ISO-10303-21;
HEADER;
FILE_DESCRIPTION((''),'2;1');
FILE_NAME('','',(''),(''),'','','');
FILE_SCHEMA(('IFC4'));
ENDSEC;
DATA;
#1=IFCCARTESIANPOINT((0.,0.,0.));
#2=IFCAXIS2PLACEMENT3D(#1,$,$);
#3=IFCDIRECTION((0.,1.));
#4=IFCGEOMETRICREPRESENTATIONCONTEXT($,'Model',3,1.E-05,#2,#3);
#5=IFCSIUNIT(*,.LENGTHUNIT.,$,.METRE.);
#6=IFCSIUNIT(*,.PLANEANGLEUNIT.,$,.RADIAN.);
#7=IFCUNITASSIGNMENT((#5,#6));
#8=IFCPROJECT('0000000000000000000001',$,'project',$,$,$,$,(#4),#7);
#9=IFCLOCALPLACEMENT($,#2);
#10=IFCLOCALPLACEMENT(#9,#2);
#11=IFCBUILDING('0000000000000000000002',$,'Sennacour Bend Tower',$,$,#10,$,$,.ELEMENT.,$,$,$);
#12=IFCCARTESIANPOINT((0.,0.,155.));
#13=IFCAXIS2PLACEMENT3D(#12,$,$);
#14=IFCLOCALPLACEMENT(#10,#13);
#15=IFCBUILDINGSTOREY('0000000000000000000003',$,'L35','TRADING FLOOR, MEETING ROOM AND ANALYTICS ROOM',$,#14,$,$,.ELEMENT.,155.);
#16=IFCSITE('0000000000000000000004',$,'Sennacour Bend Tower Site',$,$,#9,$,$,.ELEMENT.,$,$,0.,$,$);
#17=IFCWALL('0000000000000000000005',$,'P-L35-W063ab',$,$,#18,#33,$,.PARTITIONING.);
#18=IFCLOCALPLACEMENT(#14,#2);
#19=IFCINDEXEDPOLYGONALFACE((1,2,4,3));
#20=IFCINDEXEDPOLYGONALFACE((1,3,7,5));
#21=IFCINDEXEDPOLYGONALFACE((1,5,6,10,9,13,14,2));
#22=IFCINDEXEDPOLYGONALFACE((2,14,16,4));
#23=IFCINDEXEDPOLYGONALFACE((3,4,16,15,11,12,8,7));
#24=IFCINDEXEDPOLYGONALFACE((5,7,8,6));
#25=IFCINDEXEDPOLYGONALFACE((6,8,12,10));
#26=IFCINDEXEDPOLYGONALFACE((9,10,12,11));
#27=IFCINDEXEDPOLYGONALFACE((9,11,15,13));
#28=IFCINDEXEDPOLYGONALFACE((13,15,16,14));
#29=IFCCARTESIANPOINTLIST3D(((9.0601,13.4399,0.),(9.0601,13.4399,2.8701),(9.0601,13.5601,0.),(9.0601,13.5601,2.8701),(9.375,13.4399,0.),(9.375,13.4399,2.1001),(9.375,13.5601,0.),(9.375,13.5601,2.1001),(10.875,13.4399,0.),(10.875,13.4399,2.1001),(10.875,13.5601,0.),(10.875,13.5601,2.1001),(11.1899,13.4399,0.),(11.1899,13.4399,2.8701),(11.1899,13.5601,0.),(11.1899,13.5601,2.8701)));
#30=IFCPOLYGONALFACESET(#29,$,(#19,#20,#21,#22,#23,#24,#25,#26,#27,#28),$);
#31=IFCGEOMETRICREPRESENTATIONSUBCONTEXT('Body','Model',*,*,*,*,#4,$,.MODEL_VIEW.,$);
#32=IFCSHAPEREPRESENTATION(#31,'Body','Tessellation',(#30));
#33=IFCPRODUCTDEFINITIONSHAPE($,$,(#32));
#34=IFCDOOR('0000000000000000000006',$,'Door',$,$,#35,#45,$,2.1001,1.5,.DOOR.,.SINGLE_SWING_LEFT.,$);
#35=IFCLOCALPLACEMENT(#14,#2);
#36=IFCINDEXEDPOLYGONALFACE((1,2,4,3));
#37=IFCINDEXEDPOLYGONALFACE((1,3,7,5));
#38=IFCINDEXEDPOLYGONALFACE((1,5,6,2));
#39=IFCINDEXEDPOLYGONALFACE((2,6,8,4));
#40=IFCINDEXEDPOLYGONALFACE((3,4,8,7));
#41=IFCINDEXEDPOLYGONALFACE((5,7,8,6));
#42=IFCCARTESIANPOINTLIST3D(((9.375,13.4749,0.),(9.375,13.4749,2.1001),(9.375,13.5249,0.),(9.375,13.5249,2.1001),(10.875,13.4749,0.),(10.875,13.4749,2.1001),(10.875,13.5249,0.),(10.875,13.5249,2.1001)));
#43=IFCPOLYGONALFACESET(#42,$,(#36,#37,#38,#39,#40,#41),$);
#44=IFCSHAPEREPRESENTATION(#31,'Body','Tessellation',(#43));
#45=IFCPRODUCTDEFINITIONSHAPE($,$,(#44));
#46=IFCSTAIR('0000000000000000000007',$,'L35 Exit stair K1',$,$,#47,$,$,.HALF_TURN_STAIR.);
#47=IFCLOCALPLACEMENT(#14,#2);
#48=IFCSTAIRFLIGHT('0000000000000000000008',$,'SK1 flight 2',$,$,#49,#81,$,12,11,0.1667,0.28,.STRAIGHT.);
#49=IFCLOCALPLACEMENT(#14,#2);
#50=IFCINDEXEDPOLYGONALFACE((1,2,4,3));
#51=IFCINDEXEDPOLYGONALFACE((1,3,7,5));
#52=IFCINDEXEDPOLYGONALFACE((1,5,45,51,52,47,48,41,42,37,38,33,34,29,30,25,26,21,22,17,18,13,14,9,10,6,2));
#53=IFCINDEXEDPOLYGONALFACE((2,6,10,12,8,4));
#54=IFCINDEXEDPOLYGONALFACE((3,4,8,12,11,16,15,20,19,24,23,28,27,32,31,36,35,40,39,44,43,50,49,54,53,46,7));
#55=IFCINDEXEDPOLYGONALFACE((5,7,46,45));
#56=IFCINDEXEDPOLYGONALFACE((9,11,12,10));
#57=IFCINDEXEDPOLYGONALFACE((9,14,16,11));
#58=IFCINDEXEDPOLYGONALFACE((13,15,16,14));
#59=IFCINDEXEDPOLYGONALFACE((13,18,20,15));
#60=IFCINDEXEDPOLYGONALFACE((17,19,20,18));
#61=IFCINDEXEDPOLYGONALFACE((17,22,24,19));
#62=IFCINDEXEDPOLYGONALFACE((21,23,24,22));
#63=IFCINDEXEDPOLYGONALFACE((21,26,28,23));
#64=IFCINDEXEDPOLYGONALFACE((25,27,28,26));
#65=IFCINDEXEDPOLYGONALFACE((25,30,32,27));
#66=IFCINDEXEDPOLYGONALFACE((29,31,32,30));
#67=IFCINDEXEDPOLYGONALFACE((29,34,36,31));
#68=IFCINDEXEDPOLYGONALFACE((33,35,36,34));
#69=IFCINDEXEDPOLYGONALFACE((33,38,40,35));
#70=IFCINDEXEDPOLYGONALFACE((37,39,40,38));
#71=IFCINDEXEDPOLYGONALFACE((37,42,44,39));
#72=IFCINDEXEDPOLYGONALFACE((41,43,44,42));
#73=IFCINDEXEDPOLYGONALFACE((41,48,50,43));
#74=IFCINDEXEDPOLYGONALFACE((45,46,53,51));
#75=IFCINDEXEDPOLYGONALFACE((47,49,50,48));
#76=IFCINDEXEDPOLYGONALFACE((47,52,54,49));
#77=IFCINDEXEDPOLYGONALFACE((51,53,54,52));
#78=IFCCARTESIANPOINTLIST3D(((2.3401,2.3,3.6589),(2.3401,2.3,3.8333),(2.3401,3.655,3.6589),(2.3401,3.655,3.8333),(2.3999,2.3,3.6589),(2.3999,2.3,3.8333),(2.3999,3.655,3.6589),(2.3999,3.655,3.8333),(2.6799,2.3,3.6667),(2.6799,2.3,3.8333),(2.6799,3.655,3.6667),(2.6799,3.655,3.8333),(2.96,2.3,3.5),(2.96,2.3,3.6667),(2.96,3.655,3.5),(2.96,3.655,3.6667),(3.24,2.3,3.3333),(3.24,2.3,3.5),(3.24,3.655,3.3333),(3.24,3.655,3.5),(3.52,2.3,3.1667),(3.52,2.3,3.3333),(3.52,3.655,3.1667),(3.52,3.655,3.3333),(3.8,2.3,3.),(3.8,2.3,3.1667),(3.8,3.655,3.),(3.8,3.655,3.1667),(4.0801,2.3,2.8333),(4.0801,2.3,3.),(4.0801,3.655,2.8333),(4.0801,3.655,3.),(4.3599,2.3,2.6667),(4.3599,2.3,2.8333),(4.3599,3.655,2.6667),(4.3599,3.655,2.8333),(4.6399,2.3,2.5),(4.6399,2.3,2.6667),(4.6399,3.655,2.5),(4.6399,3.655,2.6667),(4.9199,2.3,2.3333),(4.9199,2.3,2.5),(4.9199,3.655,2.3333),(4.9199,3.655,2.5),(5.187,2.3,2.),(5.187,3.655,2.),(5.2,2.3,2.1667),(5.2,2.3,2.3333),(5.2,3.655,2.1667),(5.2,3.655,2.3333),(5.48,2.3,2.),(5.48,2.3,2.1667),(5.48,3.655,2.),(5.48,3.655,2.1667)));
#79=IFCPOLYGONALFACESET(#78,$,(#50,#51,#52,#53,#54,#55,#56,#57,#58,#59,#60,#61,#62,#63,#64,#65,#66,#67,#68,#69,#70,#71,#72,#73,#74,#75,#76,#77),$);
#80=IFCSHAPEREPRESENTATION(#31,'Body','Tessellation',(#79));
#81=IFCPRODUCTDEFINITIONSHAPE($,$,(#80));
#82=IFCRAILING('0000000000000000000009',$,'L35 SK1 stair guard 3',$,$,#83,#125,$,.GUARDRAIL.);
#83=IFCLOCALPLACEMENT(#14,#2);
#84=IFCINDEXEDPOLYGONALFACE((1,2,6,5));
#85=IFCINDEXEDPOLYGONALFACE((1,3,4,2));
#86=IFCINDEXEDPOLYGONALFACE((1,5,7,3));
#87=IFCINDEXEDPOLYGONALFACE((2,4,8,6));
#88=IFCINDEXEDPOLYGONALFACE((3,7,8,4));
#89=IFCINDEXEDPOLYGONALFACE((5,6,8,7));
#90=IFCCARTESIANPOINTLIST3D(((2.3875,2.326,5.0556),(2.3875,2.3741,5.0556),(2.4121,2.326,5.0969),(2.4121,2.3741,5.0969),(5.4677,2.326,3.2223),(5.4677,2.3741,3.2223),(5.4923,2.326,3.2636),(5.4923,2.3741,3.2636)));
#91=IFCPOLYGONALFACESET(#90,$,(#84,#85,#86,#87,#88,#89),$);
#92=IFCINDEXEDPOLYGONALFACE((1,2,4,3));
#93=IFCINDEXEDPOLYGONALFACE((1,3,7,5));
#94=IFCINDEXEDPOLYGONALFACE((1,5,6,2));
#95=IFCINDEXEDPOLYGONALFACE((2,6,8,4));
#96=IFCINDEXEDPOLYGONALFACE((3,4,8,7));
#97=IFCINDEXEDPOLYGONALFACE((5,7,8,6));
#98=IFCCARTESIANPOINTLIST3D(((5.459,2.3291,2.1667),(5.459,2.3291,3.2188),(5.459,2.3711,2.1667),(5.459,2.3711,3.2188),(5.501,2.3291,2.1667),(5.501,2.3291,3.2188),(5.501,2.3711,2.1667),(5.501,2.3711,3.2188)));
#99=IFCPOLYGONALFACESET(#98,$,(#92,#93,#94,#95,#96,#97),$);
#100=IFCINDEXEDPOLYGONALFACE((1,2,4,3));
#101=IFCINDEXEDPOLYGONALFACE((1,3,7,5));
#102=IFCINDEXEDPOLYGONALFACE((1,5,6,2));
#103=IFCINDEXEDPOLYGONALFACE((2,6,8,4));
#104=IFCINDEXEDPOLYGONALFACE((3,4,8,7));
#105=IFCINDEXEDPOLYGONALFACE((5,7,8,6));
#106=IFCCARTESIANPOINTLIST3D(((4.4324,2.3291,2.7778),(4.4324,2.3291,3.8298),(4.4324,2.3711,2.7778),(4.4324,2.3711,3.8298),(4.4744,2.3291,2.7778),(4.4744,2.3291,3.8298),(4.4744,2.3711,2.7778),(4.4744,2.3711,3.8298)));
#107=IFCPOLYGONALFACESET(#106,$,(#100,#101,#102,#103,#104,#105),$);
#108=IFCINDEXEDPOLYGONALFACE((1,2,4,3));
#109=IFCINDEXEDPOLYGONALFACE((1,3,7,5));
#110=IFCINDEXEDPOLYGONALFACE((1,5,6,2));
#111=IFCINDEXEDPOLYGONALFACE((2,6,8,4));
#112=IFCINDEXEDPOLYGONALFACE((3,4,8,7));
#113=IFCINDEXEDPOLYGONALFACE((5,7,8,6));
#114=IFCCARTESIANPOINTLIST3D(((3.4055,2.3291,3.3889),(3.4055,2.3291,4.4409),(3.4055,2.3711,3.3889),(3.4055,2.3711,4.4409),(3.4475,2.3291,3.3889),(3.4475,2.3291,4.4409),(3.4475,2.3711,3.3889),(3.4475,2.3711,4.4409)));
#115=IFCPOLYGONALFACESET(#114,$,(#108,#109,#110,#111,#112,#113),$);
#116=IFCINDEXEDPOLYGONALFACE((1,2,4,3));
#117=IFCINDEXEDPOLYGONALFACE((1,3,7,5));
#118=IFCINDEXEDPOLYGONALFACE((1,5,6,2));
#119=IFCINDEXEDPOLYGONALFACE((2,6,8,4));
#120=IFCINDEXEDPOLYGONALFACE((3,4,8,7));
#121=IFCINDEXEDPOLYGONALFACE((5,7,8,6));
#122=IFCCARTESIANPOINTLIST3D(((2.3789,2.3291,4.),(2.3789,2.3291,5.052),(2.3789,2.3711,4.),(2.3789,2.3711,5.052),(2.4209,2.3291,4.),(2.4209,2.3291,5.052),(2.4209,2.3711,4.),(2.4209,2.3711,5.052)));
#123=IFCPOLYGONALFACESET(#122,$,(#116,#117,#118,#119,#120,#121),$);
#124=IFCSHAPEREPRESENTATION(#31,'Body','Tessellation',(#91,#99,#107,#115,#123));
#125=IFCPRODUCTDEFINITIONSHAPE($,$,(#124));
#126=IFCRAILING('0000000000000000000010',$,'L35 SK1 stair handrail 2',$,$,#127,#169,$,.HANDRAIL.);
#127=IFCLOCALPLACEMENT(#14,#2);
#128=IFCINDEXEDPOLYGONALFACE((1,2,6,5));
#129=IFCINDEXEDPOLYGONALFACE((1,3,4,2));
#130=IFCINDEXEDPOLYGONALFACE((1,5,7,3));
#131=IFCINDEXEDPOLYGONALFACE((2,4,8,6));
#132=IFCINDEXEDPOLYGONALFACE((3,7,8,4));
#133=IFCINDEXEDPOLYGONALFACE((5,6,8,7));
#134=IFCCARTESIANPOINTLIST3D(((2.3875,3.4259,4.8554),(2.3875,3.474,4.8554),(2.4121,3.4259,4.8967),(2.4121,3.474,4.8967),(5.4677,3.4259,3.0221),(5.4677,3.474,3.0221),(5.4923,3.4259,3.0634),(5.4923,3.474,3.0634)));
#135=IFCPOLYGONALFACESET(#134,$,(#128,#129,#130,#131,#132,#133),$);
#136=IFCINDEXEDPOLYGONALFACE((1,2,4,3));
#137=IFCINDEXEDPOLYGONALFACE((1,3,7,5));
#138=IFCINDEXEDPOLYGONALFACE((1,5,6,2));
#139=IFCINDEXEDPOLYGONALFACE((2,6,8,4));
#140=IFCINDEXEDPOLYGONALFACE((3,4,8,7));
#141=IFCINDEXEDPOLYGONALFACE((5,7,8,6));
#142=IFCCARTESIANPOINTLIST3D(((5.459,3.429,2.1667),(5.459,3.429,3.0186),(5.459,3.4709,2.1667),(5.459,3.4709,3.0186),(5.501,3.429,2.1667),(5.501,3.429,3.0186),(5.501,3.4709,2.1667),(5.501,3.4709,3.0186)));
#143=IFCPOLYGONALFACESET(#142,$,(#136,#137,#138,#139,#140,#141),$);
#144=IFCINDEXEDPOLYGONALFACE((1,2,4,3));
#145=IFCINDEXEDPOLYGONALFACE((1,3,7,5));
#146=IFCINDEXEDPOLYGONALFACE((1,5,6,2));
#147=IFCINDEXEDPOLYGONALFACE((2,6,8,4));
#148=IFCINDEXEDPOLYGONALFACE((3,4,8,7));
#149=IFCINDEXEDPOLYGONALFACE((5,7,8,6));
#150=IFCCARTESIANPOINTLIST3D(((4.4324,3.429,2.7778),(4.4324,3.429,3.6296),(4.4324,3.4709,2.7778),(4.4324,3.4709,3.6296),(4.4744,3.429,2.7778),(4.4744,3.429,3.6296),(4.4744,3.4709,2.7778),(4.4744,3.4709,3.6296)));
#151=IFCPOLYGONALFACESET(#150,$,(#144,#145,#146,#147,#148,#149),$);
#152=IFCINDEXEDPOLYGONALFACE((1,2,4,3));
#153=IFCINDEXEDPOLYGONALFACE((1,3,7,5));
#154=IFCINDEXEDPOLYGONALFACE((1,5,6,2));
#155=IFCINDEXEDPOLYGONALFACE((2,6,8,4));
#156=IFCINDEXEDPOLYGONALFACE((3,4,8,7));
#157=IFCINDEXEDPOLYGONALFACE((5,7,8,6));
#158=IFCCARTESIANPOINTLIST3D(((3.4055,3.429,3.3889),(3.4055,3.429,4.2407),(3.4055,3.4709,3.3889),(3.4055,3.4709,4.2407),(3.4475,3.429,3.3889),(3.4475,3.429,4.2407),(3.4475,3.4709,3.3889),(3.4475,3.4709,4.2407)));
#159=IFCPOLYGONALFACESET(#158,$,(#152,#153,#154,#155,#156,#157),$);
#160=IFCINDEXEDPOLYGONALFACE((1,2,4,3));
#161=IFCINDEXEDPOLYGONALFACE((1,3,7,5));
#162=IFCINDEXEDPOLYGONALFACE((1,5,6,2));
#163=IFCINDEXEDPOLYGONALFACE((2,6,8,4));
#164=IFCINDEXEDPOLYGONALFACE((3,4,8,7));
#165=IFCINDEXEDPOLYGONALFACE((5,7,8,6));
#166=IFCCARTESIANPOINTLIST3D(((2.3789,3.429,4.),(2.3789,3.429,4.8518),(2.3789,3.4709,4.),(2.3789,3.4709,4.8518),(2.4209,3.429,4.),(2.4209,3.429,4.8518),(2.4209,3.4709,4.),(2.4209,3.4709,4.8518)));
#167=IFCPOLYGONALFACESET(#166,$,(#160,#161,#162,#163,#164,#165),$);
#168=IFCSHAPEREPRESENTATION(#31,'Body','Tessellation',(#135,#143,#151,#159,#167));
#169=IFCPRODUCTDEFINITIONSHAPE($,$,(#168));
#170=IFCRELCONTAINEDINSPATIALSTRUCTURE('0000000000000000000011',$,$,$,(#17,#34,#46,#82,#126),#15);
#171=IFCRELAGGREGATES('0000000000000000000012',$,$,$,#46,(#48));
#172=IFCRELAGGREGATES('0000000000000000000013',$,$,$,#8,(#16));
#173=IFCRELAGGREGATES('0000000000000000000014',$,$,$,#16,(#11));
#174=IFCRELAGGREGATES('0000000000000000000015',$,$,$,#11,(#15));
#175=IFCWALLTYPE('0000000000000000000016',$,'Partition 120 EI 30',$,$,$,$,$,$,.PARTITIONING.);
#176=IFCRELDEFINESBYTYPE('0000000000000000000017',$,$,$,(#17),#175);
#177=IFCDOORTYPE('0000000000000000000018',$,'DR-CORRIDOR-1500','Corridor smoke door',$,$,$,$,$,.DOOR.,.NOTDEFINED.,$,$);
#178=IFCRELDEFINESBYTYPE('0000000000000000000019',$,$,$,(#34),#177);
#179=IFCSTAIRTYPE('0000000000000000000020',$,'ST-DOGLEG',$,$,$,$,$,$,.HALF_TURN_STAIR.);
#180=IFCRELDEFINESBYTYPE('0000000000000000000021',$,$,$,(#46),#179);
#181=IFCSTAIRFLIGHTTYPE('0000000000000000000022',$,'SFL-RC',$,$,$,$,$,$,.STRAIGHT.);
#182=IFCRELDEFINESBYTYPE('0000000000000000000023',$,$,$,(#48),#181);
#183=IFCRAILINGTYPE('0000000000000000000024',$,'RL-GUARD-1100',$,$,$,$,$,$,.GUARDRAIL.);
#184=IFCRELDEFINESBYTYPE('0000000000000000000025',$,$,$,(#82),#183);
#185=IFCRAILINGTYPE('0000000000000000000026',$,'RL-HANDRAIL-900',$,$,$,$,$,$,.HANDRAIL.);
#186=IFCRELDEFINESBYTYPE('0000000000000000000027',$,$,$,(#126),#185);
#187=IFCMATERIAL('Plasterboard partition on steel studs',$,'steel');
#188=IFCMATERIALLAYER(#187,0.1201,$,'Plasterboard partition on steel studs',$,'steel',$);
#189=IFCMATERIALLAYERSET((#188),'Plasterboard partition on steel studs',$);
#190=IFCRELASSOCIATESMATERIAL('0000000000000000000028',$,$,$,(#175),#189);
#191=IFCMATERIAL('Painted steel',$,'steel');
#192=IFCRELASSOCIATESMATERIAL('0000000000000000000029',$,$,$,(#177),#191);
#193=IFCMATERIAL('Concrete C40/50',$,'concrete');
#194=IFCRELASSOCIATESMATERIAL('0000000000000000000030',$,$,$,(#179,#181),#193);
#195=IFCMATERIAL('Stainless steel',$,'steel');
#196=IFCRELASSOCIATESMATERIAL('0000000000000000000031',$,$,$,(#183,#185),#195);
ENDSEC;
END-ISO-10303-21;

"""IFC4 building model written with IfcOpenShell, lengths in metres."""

from ifc_helpers import new_model, si_unit, direction, frame, frame_2d, origin, origin_2d, place, context, subcontext, project, spatial, polyline, rectangle, outline, extrude, material, layer, layer_set, type_object, element, fill, aggregate, save


model = new_model("IFC4")

# Units and contexts
model_context = context("Model", 3, precision=1e-05, world=origin(), true_north=direction((0.0, 1.0)))
body_context = subcontext(model_context, "Body", "Model", "MODEL_VIEW")
ifc_project = project(units=[si_unit("LENGTHUNIT", "METRE"), si_unit("PLANEANGLEUNIT", "RADIAN")], contexts=[model_context])

# Site, building, storey
site_placement = place(None, origin())
site = spatial("IfcSite", under=ifc_project, at=site_placement, Name="Sennacour Bend Tower Site", CompositionType="ELEMENT", RefElevation=0.0)
building_placement = place(site_placement, origin())
building = spatial("IfcBuilding", under=site, at=building_placement, Name="Sennacour Bend Tower", CompositionType="ELEMENT")
storey_placement = place(building_placement, frame((0.0, 0.0, 155.0)))
storey = spatial("IfcBuildingStorey", under=building, at=storey_placement, Name="L35", Description="TRADING FLOOR, MEETING ROOM AND ANALYTICS ROOM", CompositionType="ELEMENT", Elevation=155.0)

# Shared definitions
ifc_material_1 = material(Name="Plasterboard partition on steel studs", Category="steel")

# Wall, opening, door
ifc_layer_1 = layer(ifc_material_1, 0.1201, Name="Plasterboard partition on steel studs", Category="steel")
ifc_layer_set_1 = layer_set([ifc_layer_1], Name="Plasterboard partition on steel studs")
wall_type_1 = type_object("IfcWallType", Name="Partition 120 EI 30", PredefinedType="PARTITIONING", material=ifc_layer_set_1)
wall_1_placement = place(storey_placement, frame((9.0601, 13.5, 0.0), z_axis=(0.0, 0.0, 1.0), x_axis=(1.0, 0.0, 0.0)))
wall_1 = element("IfcWall", 1, at=wall_1_placement, inside=storey, type_object=wall_type_1, Name="P-L35-W063ab", PredefinedType="PARTITIONING", context=body_context, shape_type="SweptSolid", body=[
    extrude(rectangle(XDim=2.1299, YDim=0.1201, at=frame_2d((1.0649, 0.0))), origin(), (0.0, 0.0, 1.0), 2.8701),
])
opening_1_placement = place(wall_1_placement, frame((0.3149, 0.0, 0.0)))
opening_1 = element("IfcOpeningElement", 2, at=opening_1_placement, cuts=wall_1, PredefinedType="OPENING", context=body_context, shape_type="SweptSolid", body=[
    extrude(rectangle(XDim=1.5, YDim=2.1001, at=frame_2d((0.75, 1.05))), frame((0.0, 0.0701, 0.0), z_axis=(0.0, -1.0, 0.0), x_axis=(1.0, 0.0, 0.0)), (0.0, 0.0, 1.0), 0.1401),
])
ifc_material_2 = material(Name="Painted steel", Category="steel")
door_type_1 = type_object("IfcDoorType", Name="DR-CORRIDOR-1500", Description="Corridor smoke door", OperationType="NOTDEFINED", PredefinedType="DOOR", material=ifc_material_2)
door_1_placement = place(opening_1_placement, origin())
door_1 = element("IfcDoor", 3, at=door_1_placement, inside=storey, type_object=door_type_1, Name="Door", OperationType="SINGLE_SWING_LEFT", OverallHeight=2.1001, OverallWidth=1.5, PredefinedType="DOOR", context=body_context, shape_type="SweptSolid", body=[
    extrude(rectangle(XDim=1.5, YDim=2.1001, at=frame_2d((0.75, 1.05))), frame((0.0, 0.0249, 0.0), z_axis=(0.0, -1.0, 0.0), x_axis=(1.0, 0.0, 0.0)), (0.0, 0.0, 1.0), 0.05),
])
fill(opening_1, door_1)

# Stair, stair flight
ifc_material_3 = material(Name="Concrete C40/50", Category="concrete")
stair_type = type_object("IfcStairType", Name="ST-DOGLEG", PredefinedType="HALF_TURN_STAIR", material=ifc_material_3)
stair_placement = place(storey_placement, origin())
stair = element("IfcStair", 4, at=stair_placement, inside=storey, type_object=stair_type, Name="L35 Exit stair K1", PredefinedType="HALF_TURN_STAIR")
stair_flight_type = type_object("IfcStairFlightType", Name="SFL-RC", PredefinedType="STRAIGHT", material=ifc_material_3)
stair_flight_placement = place(storey_placement, frame((5.48, 2.9775, 2.0), z_axis=(0.0, 0.0, 1.0), x_axis=(-1.0, 0.0, 0.0)))
stair_flight = element("IfcStairFlight", 5, at=stair_flight_placement, type_object=stair_flight_type, Name="SK1 flight 2", NumberOfRisers=12, NumberOfTreads=11, PredefinedType="STRAIGHT", RiserHeight=0.1667, TreadLength=0.28, context=body_context, shape_type="SweptSolid", body=[
    extrude(outline(polyline([(0.0, 0.0), (0.0, 0.1667), (0.28, 0.1667), (0.28, 0.3333), (0.5601, 0.3333), (0.5601, 0.5), (0.8401, 0.5), (0.8401, 0.6667), (1.1201, 0.6667), (1.1201, 0.8333), (1.3999, 0.8333), (1.3999, 1.0), (1.6799, 1.0), (1.6799, 1.1667), (1.96, 1.1667), (1.96, 1.3333), (2.24, 1.3333), (2.24, 1.5), (2.52, 1.5), (2.52, 1.6667), (2.8, 1.6667), (2.8, 1.8333), (3.0801, 1.8333), (3.1399, 1.8333), (3.1399, 1.6589), (3.0801, 1.6589), (0.293, 0.0), (0.0, 0.0)])), frame((0.0, 0.6775, 0.0), z_axis=(0.0, -1.0, 0.0), x_axis=(1.0, 0.0, 0.0)), (0.0, 0.0, 1.0), 1.355),
])
aggregate(stair, [stair_flight])

# Railings
ifc_material_4 = material(Name="Stainless steel", Category="steel")
railing_type_1 = type_object("IfcRailingType", Name="RL-GUARD-1100", PredefinedType="GUARDRAIL", material=ifc_material_4)
railing_1_placement = place(storey_placement, frame((5.48, 2.3501, 2.1667)))
element("IfcRailing", 6, at=railing_1_placement, inside=storey, type_object=railing_type_1, Name="L35 SK1 stair guard 3", PredefinedType="GUARDRAIL", context=body_context, shape_type="SweptSolid", body=[
    extrude(rectangle(XDim=0.0481, YDim=0.0481, at=origin_2d()), frame((0.0, 0.0, 1.0762), z_axis=(-0.859309, 0.0, 0.511458), x_axis=(0.0, -1.0, 0.0)), (0.0, 0.0, 1.0), 3.5845),
    extrude(rectangle(XDim=0.042, YDim=0.042, at=origin_2d()), origin(), (0.0, 0.0, 1.0), 1.052),
    extrude(rectangle(XDim=0.042, YDim=0.042, at=origin_2d()), frame((-1.0266, 0.0, 0.6111)), (0.0, 0.0, 1.0), 1.052),
    extrude(rectangle(XDim=0.042, YDim=0.042, at=origin_2d()), frame((-2.0535, 0.0, 1.2222)), (0.0, 0.0, 1.0), 1.052),
    extrude(rectangle(XDim=0.042, YDim=0.042, at=origin_2d()), frame((-3.0801, 0.0, 1.8333)), (0.0, 0.0, 1.0), 1.052),
])
railing_type_2 = type_object("IfcRailingType", Name="RL-HANDRAIL-900", PredefinedType="HANDRAIL", material=ifc_material_4)
railing_2_placement = place(storey_placement, frame((5.48, 3.45, 2.1667)))
element("IfcRailing", 7, at=railing_2_placement, inside=storey, type_object=railing_type_2, Name="L35 SK1 stair handrail 2", PredefinedType="HANDRAIL", context=body_context, shape_type="SweptSolid", body=[
    extrude(rectangle(XDim=0.0481, YDim=0.0481, at=origin_2d()), frame((0.0, 0.0, 0.876), z_axis=(-0.859309, 0.0, 0.511458), x_axis=(0.0, -1.0, 0.0)), (0.0, 0.0, 1.0), 3.5845),
    extrude(rectangle(XDim=0.042, YDim=0.042, at=origin_2d()), origin(), (0.0, 0.0, 1.0), 0.8518),
    extrude(rectangle(XDim=0.042, YDim=0.042, at=origin_2d()), frame((-1.0266, 0.0, 0.6111)), (0.0, 0.0, 1.0), 0.8518),
    extrude(rectangle(XDim=0.042, YDim=0.042, at=origin_2d()), frame((-2.0535, 0.0, 1.2222)), (0.0, 0.0, 1.0), 0.8518),
    extrude(rectangle(XDim=0.042, YDim=0.042, at=origin_2d()), frame((-3.0801, 0.0, 1.8333)), (0.0, 0.0, 1.0), 0.8518),
])

save(model, "model.ifc")
